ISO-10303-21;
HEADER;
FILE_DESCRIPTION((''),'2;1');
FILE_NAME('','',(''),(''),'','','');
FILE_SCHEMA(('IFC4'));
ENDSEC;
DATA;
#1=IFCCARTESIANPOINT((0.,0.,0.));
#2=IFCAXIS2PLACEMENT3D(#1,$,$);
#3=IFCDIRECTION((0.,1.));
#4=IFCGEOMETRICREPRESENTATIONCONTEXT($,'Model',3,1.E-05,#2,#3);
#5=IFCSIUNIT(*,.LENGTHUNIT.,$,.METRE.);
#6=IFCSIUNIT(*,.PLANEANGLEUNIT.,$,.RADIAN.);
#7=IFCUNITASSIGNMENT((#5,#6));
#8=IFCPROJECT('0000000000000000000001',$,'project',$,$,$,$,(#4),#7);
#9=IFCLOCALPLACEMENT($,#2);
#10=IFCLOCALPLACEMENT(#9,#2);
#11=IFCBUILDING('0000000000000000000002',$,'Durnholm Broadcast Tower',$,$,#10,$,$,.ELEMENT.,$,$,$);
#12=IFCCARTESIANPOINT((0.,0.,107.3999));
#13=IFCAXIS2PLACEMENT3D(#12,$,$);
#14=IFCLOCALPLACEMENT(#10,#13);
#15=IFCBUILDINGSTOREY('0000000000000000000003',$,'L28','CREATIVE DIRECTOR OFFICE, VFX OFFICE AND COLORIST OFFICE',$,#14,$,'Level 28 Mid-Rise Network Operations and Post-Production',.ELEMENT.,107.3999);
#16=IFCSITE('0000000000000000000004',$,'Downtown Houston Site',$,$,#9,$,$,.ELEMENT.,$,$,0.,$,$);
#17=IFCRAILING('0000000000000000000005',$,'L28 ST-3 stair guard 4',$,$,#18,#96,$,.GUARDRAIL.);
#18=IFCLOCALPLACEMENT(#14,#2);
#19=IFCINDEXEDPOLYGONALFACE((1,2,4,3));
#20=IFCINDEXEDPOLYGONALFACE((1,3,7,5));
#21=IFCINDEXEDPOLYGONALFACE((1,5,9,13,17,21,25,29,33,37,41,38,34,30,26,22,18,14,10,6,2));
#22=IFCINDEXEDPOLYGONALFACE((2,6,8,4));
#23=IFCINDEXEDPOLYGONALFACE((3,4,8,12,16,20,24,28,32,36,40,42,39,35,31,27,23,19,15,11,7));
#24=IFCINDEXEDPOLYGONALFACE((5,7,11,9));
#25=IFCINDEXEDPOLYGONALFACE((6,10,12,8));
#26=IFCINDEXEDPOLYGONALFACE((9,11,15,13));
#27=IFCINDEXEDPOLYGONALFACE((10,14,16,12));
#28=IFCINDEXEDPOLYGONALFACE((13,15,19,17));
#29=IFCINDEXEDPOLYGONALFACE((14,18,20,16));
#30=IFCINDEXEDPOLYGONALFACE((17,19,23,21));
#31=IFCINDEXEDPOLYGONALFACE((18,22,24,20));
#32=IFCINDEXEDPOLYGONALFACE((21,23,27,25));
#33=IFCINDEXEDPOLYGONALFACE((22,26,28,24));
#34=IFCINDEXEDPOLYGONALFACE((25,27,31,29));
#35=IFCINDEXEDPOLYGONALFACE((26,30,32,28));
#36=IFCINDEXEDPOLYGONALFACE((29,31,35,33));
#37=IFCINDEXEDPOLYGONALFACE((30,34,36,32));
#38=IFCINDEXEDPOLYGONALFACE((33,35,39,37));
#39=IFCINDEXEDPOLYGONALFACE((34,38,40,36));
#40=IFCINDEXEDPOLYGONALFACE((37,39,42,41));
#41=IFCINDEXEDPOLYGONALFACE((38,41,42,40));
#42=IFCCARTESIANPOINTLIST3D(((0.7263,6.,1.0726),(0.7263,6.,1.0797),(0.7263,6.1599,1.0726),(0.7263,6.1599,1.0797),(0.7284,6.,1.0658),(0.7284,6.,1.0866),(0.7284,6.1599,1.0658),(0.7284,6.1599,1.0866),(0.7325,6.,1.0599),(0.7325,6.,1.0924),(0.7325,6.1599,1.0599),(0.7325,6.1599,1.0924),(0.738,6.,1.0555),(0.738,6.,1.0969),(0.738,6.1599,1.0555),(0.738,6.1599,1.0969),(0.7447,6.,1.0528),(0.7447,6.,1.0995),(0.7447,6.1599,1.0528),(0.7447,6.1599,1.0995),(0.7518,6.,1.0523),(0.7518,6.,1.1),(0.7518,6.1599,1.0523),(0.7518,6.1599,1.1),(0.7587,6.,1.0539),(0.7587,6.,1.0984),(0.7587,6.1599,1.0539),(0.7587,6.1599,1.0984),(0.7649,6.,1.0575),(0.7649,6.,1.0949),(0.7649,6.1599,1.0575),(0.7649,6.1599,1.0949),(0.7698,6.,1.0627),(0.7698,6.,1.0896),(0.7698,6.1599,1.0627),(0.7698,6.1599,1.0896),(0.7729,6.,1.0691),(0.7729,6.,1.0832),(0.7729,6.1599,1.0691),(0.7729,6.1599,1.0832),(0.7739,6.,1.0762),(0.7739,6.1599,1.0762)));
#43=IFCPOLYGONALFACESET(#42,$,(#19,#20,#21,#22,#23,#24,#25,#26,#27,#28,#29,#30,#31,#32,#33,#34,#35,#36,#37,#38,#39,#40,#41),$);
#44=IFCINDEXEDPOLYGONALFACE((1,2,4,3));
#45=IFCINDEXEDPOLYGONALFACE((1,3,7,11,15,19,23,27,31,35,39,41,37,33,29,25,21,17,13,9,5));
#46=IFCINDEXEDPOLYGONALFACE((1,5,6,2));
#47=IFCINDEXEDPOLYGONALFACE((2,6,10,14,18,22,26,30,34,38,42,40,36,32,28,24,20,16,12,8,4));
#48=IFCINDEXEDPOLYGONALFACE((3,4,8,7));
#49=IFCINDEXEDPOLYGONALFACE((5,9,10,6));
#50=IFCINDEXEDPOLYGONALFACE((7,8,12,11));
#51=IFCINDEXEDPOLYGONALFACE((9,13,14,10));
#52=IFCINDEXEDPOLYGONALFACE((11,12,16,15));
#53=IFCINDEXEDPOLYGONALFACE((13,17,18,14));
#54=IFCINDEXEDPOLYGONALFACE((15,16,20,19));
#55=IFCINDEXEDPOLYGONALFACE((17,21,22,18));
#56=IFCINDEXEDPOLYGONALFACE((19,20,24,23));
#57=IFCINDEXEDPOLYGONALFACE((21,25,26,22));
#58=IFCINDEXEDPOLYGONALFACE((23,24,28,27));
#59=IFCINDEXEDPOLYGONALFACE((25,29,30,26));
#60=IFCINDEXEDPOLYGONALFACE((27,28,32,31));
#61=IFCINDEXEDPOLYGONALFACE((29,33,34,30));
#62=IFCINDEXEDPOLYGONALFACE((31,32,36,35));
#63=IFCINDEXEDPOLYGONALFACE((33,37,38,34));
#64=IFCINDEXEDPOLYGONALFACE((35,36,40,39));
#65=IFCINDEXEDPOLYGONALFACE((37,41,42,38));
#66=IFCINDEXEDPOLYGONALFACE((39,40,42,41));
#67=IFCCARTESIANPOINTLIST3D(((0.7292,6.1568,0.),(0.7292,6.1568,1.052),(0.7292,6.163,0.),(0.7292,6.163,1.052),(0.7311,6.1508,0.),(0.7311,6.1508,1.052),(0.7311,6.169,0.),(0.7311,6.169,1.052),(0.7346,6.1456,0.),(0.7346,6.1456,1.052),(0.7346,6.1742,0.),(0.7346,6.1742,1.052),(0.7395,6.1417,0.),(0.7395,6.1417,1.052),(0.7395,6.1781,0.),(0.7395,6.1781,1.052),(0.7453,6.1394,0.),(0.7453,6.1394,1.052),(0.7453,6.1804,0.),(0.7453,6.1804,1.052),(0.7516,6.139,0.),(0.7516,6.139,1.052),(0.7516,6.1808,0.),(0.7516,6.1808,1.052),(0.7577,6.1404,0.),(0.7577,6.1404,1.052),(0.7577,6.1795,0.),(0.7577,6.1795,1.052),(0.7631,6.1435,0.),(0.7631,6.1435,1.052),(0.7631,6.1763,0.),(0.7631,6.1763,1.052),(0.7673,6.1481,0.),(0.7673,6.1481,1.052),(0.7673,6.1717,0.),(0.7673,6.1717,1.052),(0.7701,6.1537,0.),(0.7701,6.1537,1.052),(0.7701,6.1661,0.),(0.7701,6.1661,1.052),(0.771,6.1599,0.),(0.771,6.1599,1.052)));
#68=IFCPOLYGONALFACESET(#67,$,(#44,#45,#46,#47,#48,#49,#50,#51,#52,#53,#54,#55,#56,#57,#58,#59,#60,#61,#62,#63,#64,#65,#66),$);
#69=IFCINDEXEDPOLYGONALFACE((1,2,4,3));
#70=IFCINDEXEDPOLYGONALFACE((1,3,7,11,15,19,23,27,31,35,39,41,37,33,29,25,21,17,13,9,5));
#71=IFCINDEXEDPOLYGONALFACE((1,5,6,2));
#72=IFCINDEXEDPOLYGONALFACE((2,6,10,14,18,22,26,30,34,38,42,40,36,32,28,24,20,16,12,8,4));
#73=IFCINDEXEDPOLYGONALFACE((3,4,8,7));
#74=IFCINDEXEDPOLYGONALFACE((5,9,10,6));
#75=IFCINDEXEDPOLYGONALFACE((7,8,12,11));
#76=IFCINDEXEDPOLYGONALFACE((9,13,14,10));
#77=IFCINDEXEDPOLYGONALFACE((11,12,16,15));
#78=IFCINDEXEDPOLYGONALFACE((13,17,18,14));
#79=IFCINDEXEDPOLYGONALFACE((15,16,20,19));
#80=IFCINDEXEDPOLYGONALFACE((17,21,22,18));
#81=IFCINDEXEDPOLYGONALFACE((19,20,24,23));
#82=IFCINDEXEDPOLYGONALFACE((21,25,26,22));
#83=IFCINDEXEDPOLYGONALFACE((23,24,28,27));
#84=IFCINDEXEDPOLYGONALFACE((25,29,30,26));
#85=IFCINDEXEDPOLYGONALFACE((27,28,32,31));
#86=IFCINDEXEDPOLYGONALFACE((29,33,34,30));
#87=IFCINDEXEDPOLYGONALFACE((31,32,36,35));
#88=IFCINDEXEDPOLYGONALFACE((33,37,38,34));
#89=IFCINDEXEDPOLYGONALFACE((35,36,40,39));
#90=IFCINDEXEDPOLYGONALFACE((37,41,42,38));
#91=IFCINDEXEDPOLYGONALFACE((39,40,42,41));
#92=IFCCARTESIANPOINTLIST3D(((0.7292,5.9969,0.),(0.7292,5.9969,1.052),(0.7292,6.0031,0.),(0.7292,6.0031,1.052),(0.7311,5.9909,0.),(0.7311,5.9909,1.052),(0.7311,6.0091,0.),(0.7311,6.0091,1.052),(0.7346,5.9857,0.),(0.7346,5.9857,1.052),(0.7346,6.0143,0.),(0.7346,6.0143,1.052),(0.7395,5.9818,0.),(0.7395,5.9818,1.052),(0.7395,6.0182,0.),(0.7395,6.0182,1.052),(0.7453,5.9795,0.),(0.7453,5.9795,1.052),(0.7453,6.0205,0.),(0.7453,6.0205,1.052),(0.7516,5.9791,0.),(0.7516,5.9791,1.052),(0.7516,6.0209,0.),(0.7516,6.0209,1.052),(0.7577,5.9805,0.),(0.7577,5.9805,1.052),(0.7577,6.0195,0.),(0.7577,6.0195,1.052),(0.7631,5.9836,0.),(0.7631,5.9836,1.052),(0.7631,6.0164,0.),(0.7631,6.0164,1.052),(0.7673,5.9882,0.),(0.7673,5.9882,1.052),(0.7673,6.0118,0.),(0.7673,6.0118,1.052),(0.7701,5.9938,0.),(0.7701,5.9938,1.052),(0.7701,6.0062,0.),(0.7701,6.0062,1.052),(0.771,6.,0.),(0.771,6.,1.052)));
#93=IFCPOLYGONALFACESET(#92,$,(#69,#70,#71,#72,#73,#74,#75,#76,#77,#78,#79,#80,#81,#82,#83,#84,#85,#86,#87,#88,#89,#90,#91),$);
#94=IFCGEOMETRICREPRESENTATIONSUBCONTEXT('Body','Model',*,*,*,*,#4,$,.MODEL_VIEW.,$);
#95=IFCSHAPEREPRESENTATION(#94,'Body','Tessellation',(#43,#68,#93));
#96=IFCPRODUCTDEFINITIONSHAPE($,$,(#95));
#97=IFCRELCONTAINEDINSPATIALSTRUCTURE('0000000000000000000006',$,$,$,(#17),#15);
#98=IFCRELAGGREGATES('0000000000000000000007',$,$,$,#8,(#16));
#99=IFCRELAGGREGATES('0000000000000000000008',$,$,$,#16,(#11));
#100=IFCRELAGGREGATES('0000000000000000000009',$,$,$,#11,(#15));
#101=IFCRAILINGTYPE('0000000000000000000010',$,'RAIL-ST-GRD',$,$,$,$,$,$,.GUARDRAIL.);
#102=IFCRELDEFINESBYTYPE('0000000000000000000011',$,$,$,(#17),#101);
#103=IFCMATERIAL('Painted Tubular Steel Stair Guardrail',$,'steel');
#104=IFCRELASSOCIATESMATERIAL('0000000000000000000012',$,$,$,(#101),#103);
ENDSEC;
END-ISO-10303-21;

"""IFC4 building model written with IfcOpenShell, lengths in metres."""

from ifc_helpers import new_model, si_unit, direction, frame, origin, origin_2d, place, context, subcontext, project, spatial, circle, extrude, material, type_object, element, save


model = new_model("IFC4")

# Units and contexts
model_context = context("Model", 3, precision=1e-05, world=origin(), true_north=direction((0.0, 1.0)))
body_context = subcontext(model_context, "Body", "Model", "MODEL_VIEW")
ifc_project = project(units=[si_unit("LENGTHUNIT", "METRE"), si_unit("PLANEANGLEUNIT", "RADIAN")], contexts=[model_context])

# Site, building, storey
site_placement = place(None, origin())
site = spatial("IfcSite", under=ifc_project, at=site_placement, Name="Downtown Houston Site", CompositionType="ELEMENT", RefElevation=0.0)
building_placement = place(site_placement, origin())
building = spatial("IfcBuilding", under=site, at=building_placement, Name="Durnholm Broadcast Tower", CompositionType="ELEMENT")
storey_placement = place(building_placement, frame((0.0, 0.0, 107.3999)))
storey = spatial("IfcBuildingStorey", under=building, at=storey_placement, Name="L28", Description="CREATIVE DIRECTOR OFFICE, VFX OFFICE AND COLORIST OFFICE", LongName="Level 28 Mid-Rise Network Operations and Post-Production", CompositionType="ELEMENT", Elevation=107.3999)

# Railing
ifc_material_1 = material(Name="Painted Tubular Steel Stair Guardrail", Category="steel")
railing_type_1 = type_object("IfcRailingType", Name="RAIL-ST-GRD", PredefinedType="GUARDRAIL", material=ifc_material_1)
railing_1_placement = place(storey_placement, frame((0.75, 6.1599, 0.0)))
element("IfcRailing", 1, at=railing_1_placement, inside=storey, type_object=railing_type_1, Name="L28 ST-3 stair guard 4", PredefinedType="GUARDRAIL", context=body_context, shape_type="SweptSolid", body=[
    extrude(circle(Radius=0.0239, at=origin_2d()), frame((0.0, 0.0, 1.0762), z_axis=(0.0, -1.0, 0.0), x_axis=(1.0, 0.0, 0.0)), (0.0, 0.0, 1.0), 0.1599),
    extrude(circle(Radius=0.021, at=origin_2d()), origin(), (0.0, 0.0, 1.0), 1.052),
    extrude(circle(Radius=0.021, at=origin_2d()), frame((0.0, -0.1599, 0.0)), (0.0, 0.0, 1.0), 1.052),
])

save(model, "model.ifc")
